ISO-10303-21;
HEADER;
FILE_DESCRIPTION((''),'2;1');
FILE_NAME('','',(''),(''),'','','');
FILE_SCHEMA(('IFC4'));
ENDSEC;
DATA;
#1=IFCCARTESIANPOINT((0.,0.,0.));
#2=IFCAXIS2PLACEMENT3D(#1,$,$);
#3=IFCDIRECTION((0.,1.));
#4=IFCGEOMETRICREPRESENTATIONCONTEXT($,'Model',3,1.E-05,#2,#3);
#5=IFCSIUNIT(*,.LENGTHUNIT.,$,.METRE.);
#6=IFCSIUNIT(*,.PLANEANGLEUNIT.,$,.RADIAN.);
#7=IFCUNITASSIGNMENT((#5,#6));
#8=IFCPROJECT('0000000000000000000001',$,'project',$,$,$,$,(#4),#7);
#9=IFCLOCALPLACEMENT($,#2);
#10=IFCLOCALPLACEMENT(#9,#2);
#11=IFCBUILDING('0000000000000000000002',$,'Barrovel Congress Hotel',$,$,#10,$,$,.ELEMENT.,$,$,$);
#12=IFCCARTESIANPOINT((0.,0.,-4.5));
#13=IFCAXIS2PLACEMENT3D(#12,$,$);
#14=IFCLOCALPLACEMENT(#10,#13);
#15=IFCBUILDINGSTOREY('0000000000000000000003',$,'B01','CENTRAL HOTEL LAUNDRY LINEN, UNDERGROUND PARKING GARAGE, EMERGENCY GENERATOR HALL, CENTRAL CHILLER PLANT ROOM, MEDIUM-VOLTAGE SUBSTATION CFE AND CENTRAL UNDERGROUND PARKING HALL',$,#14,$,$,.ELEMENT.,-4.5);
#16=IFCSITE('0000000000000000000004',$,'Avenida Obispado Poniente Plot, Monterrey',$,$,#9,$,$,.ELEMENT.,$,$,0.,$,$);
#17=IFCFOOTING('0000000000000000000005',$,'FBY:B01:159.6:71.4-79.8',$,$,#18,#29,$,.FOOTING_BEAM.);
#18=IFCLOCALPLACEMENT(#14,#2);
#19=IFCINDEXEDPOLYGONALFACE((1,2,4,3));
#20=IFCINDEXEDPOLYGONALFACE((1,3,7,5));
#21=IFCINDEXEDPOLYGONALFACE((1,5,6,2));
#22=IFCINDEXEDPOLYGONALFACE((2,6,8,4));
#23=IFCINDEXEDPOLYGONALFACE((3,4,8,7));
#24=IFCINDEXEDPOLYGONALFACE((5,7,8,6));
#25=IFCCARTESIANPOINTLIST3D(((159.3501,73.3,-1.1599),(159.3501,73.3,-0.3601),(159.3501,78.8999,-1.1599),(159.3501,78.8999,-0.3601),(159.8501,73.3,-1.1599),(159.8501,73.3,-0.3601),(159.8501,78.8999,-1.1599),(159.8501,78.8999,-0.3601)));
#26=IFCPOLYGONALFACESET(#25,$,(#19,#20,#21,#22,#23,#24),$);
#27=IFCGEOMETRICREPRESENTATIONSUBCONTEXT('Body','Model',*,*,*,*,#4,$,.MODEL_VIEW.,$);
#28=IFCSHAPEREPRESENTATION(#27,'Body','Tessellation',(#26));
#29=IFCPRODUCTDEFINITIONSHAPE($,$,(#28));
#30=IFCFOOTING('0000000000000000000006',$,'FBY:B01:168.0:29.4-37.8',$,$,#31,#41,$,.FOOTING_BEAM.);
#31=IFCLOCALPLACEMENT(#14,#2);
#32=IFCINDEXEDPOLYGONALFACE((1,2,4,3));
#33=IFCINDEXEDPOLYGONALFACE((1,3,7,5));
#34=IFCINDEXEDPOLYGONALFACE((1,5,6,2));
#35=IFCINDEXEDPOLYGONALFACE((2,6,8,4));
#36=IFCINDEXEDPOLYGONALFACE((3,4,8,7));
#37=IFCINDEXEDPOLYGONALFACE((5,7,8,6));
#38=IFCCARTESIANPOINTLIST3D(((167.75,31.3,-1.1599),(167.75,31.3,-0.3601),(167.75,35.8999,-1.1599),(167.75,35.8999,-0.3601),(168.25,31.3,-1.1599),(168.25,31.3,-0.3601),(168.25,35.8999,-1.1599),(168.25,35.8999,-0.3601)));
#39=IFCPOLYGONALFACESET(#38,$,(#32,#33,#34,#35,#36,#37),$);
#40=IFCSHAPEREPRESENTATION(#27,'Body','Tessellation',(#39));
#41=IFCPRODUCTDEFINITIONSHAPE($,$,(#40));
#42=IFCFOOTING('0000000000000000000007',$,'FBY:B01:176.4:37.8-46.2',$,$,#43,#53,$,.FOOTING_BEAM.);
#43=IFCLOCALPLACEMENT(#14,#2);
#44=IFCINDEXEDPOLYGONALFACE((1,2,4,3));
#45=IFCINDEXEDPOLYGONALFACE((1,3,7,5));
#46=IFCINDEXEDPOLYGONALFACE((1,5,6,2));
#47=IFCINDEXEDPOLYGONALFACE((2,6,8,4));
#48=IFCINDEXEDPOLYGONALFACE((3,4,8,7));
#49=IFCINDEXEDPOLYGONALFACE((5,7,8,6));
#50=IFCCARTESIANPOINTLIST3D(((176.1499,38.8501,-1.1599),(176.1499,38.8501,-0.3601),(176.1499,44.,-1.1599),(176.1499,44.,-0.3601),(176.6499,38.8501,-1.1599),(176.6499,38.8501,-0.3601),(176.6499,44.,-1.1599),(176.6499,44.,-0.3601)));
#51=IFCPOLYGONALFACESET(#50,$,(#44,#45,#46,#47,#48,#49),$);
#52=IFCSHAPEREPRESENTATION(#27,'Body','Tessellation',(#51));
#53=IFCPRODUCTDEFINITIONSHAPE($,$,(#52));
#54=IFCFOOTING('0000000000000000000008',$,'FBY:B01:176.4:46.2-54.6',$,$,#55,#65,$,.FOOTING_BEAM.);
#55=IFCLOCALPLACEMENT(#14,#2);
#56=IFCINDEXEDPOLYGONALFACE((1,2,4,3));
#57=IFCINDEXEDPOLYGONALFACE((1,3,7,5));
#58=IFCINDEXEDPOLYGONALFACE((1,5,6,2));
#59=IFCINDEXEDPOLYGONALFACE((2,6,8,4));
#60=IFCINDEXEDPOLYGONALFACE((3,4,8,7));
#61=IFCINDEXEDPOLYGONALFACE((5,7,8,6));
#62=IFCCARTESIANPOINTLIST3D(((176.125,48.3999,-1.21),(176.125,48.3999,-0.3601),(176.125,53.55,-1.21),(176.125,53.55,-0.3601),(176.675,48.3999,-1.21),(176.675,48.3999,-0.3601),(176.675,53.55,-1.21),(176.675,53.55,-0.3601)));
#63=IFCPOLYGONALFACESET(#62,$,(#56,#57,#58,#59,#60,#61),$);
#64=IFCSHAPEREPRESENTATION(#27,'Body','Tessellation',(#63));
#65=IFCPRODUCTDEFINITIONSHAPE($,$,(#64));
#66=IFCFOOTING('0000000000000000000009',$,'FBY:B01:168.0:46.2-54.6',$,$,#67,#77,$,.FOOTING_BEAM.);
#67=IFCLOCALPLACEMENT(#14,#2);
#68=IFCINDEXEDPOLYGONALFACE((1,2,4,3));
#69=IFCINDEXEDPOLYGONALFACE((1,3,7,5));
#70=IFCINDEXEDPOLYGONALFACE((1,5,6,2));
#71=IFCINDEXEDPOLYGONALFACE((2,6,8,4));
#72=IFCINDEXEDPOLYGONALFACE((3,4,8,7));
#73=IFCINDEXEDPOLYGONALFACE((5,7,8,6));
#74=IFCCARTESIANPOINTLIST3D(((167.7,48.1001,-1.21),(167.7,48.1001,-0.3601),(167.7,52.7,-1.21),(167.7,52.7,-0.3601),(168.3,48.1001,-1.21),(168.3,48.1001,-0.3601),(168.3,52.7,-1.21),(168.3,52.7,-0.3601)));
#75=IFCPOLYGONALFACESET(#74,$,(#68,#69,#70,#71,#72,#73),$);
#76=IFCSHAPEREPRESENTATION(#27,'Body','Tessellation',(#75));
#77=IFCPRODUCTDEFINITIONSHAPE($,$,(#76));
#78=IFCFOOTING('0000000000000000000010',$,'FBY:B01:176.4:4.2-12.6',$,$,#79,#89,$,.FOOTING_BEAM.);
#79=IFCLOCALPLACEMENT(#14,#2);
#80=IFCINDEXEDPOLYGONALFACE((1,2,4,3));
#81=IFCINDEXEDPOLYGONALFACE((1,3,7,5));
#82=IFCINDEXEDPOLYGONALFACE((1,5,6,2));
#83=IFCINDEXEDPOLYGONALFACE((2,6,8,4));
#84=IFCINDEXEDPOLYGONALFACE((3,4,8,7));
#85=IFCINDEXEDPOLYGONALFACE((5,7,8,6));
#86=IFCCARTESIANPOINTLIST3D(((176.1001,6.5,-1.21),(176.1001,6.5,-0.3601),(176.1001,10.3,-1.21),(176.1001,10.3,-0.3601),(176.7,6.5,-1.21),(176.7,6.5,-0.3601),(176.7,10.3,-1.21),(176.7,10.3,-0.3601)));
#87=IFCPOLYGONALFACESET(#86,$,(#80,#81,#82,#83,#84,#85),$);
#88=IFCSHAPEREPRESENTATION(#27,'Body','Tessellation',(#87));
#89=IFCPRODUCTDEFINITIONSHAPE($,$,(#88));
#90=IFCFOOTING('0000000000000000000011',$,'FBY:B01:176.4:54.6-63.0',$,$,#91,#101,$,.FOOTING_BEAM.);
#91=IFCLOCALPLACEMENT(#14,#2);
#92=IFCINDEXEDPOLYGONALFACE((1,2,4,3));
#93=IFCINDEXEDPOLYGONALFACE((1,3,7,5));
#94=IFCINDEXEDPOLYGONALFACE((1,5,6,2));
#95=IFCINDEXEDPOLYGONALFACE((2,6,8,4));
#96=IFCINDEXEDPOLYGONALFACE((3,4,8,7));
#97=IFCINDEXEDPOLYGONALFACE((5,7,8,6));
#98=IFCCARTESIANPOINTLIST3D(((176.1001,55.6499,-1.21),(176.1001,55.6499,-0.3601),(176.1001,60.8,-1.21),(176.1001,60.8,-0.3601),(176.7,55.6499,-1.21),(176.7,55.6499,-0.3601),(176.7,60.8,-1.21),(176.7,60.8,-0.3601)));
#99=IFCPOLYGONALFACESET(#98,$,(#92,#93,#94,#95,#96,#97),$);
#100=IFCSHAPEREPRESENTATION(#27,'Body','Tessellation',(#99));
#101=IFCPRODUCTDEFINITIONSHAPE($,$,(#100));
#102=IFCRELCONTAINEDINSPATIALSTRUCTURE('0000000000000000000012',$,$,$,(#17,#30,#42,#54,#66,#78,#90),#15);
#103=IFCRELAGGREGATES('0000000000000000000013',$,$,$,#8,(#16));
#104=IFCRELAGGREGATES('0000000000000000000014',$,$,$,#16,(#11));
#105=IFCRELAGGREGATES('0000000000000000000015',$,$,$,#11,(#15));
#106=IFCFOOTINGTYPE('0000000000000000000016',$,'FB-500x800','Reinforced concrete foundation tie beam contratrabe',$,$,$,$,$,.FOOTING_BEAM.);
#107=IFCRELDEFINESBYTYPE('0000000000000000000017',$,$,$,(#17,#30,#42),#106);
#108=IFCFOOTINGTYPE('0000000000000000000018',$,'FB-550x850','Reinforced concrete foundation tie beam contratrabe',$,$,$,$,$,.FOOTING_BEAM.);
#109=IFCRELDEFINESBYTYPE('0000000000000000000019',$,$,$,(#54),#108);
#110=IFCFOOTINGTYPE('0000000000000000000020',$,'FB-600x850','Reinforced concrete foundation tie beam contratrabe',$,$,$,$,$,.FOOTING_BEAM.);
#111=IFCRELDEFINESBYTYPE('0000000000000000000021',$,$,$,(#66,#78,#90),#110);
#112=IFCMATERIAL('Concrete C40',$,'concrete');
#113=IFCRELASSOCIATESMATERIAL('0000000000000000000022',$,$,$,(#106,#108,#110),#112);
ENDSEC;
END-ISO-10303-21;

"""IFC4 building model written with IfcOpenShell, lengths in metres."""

from ifc_helpers import new_model, si_unit, direction, frame, origin, place, context, subcontext, project, spatial, polyline, outline, extrude, material, type_object, element, save


model = new_model("IFC4")

# Units and contexts
model_context = context("Model", 3, precision=1e-05, world=origin(), true_north=direction((0.0, 1.0)))
body_context = subcontext(model_context, "Body", "Model", "MODEL_VIEW")
ifc_project = project(units=[si_unit("LENGTHUNIT", "METRE"), si_unit("PLANEANGLEUNIT", "RADIAN")], contexts=[model_context])

# Site, building, storey
site_placement = place(None, origin())
site = spatial("IfcSite", under=ifc_project, at=site_placement, Name="Avenida Obispado Poniente Plot, Monterrey", CompositionType="ELEMENT", RefElevation=0.0)
building_placement = place(site_placement, origin())
building = spatial("IfcBuilding", under=site, at=building_placement, Name="Barrovel Congress Hotel", CompositionType="ELEMENT")
storey_placement = place(building_placement, frame((0.0, 0.0, -4.5)))
storey = spatial("IfcBuildingStorey", under=building, at=storey_placement, Name="B01", Description="CENTRAL HOTEL LAUNDRY LINEN, UNDERGROUND PARKING GARAGE, EMERGENCY GENERATOR HALL, CENTRAL CHILLER PLANT ROOM, MEDIUM-VOLTAGE SUBSTATION CFE AND CENTRAL UNDERGROUND PARKING HALL", CompositionType="ELEMENT", Elevation=-4.5)

# Footings
ifc_material = material(Name="Concrete C40", Category="concrete")
footing_type_1 = type_object("IfcFootingType", Name="FB-500x800", Description="Reinforced concrete foundation tie beam contratrabe", PredefinedType="FOOTING_BEAM", material=ifc_material)
footing_1_placement = place(storey_placement, frame((0.0, 0.0, -1.1599)))
element("IfcFooting", 1, at=footing_1_placement, inside=storey, type_object=footing_type_1, Name="FBY:B01:159.6:71.4-79.8", PredefinedType="FOOTING_BEAM", context=body_context, shape_type="SweptSolid", body=[
    extrude(outline(polyline([(159.3501, 73.3), (159.8501, 73.3), (159.8501, 78.8999), (159.3501, 78.8999), (159.3501, 73.3)])), origin(), (0.0, 0.0, 1.0), 0.7998),
])
footing_2_placement = place(storey_placement, frame((0.0, 0.0, -1.1599)))
element("IfcFooting", 2, at=footing_2_placement, inside=storey, type_object=footing_type_1, Name="FBY:B01:168.0:29.4-37.8", PredefinedType="FOOTING_BEAM", context=body_context, shape_type="SweptSolid", body=[
    extrude(outline(polyline([(167.75, 31.3), (168.25, 31.3), (168.25, 35.8999), (167.75, 35.8999), (167.75, 31.3)])), origin(), (0.0, 0.0, 1.0), 0.7998),
])
footing_3_placement = place(storey_placement, frame((0.0, 0.0, -1.1599)))
element("IfcFooting", 3, at=footing_3_placement, inside=storey, type_object=footing_type_1, Name="FBY:B01:176.4:37.8-46.2", PredefinedType="FOOTING_BEAM", context=body_context, shape_type="SweptSolid", body=[
    extrude(outline(polyline([(176.1499, 38.8501), (176.6499, 38.8501), (176.6499, 44.0), (176.1499, 44.0), (176.1499, 38.8501)])), origin(), (0.0, 0.0, 1.0), 0.7998),
])
footing_type_2 = type_object("IfcFootingType", Name="FB-550x850", Description="Reinforced concrete foundation tie beam contratrabe", PredefinedType="FOOTING_BEAM", material=ifc_material)
footing_4_placement = place(storey_placement, frame((0.0, 0.0, -1.21)))
element("IfcFooting", 4, at=footing_4_placement, inside=storey, type_object=footing_type_2, Name="FBY:B01:176.4:46.2-54.6", PredefinedType="FOOTING_BEAM", context=body_context, shape_type="SweptSolid", body=[
    extrude(outline(polyline([(176.125, 48.3999), (176.675, 48.3999), (176.675, 53.55), (176.125, 53.55), (176.125, 48.3999)])), origin(), (0.0, 0.0, 1.0), 0.8499),
])
footing_type_3 = type_object("IfcFootingType", Name="FB-600x850", Description="Reinforced concrete foundation tie beam contratrabe", PredefinedType="FOOTING_BEAM", material=ifc_material)
footing_5_placement = place(storey_placement, frame((0.0, 0.0, -1.21)))
element("IfcFooting", 5, at=footing_5_placement, inside=storey, type_object=footing_type_3, Name="FBY:B01:168.0:46.2-54.6", PredefinedType="FOOTING_BEAM", context=body_context, shape_type="SweptSolid", body=[
    extrude(outline(polyline([(167.7, 48.1001), (168.3, 48.1001), (168.3, 52.7), (167.7, 52.7), (167.7, 48.1001)])), origin(), (0.0, 0.0, 1.0), 0.8499),
])
footing_6_placement = place(storey_placement, frame((0.0, 0.0, -1.21)))
element("IfcFooting", 6, at=footing_6_placement, inside=storey, type_object=footing_type_3, Name="FBY:B01:176.4:4.2-12.6", PredefinedType="FOOTING_BEAM", context=body_context, shape_type="SweptSolid", body=[
    extrude(outline(polyline([(176.1001, 6.5), (176.7, 6.5), (176.7, 10.3), (176.1001, 10.3), (176.1001, 6.5)])), origin(), (0.0, 0.0, 1.0), 0.8499),
])
footing_7_placement = place(storey_placement, frame((0.0, 0.0, -1.21)))
element("IfcFooting", 7, at=footing_7_placement, inside=storey, type_object=footing_type_3, Name="FBY:B01:176.4:54.6-63.0", PredefinedType="FOOTING_BEAM", context=body_context, shape_type="SweptSolid", body=[
    extrude(outline(polyline([(176.1001, 55.6499), (176.7, 55.6499), (176.7, 60.8), (176.1001, 60.8), (176.1001, 55.6499)])), origin(), (0.0, 0.0, 1.0), 0.8499),
])

save(model, "model.ifc")
